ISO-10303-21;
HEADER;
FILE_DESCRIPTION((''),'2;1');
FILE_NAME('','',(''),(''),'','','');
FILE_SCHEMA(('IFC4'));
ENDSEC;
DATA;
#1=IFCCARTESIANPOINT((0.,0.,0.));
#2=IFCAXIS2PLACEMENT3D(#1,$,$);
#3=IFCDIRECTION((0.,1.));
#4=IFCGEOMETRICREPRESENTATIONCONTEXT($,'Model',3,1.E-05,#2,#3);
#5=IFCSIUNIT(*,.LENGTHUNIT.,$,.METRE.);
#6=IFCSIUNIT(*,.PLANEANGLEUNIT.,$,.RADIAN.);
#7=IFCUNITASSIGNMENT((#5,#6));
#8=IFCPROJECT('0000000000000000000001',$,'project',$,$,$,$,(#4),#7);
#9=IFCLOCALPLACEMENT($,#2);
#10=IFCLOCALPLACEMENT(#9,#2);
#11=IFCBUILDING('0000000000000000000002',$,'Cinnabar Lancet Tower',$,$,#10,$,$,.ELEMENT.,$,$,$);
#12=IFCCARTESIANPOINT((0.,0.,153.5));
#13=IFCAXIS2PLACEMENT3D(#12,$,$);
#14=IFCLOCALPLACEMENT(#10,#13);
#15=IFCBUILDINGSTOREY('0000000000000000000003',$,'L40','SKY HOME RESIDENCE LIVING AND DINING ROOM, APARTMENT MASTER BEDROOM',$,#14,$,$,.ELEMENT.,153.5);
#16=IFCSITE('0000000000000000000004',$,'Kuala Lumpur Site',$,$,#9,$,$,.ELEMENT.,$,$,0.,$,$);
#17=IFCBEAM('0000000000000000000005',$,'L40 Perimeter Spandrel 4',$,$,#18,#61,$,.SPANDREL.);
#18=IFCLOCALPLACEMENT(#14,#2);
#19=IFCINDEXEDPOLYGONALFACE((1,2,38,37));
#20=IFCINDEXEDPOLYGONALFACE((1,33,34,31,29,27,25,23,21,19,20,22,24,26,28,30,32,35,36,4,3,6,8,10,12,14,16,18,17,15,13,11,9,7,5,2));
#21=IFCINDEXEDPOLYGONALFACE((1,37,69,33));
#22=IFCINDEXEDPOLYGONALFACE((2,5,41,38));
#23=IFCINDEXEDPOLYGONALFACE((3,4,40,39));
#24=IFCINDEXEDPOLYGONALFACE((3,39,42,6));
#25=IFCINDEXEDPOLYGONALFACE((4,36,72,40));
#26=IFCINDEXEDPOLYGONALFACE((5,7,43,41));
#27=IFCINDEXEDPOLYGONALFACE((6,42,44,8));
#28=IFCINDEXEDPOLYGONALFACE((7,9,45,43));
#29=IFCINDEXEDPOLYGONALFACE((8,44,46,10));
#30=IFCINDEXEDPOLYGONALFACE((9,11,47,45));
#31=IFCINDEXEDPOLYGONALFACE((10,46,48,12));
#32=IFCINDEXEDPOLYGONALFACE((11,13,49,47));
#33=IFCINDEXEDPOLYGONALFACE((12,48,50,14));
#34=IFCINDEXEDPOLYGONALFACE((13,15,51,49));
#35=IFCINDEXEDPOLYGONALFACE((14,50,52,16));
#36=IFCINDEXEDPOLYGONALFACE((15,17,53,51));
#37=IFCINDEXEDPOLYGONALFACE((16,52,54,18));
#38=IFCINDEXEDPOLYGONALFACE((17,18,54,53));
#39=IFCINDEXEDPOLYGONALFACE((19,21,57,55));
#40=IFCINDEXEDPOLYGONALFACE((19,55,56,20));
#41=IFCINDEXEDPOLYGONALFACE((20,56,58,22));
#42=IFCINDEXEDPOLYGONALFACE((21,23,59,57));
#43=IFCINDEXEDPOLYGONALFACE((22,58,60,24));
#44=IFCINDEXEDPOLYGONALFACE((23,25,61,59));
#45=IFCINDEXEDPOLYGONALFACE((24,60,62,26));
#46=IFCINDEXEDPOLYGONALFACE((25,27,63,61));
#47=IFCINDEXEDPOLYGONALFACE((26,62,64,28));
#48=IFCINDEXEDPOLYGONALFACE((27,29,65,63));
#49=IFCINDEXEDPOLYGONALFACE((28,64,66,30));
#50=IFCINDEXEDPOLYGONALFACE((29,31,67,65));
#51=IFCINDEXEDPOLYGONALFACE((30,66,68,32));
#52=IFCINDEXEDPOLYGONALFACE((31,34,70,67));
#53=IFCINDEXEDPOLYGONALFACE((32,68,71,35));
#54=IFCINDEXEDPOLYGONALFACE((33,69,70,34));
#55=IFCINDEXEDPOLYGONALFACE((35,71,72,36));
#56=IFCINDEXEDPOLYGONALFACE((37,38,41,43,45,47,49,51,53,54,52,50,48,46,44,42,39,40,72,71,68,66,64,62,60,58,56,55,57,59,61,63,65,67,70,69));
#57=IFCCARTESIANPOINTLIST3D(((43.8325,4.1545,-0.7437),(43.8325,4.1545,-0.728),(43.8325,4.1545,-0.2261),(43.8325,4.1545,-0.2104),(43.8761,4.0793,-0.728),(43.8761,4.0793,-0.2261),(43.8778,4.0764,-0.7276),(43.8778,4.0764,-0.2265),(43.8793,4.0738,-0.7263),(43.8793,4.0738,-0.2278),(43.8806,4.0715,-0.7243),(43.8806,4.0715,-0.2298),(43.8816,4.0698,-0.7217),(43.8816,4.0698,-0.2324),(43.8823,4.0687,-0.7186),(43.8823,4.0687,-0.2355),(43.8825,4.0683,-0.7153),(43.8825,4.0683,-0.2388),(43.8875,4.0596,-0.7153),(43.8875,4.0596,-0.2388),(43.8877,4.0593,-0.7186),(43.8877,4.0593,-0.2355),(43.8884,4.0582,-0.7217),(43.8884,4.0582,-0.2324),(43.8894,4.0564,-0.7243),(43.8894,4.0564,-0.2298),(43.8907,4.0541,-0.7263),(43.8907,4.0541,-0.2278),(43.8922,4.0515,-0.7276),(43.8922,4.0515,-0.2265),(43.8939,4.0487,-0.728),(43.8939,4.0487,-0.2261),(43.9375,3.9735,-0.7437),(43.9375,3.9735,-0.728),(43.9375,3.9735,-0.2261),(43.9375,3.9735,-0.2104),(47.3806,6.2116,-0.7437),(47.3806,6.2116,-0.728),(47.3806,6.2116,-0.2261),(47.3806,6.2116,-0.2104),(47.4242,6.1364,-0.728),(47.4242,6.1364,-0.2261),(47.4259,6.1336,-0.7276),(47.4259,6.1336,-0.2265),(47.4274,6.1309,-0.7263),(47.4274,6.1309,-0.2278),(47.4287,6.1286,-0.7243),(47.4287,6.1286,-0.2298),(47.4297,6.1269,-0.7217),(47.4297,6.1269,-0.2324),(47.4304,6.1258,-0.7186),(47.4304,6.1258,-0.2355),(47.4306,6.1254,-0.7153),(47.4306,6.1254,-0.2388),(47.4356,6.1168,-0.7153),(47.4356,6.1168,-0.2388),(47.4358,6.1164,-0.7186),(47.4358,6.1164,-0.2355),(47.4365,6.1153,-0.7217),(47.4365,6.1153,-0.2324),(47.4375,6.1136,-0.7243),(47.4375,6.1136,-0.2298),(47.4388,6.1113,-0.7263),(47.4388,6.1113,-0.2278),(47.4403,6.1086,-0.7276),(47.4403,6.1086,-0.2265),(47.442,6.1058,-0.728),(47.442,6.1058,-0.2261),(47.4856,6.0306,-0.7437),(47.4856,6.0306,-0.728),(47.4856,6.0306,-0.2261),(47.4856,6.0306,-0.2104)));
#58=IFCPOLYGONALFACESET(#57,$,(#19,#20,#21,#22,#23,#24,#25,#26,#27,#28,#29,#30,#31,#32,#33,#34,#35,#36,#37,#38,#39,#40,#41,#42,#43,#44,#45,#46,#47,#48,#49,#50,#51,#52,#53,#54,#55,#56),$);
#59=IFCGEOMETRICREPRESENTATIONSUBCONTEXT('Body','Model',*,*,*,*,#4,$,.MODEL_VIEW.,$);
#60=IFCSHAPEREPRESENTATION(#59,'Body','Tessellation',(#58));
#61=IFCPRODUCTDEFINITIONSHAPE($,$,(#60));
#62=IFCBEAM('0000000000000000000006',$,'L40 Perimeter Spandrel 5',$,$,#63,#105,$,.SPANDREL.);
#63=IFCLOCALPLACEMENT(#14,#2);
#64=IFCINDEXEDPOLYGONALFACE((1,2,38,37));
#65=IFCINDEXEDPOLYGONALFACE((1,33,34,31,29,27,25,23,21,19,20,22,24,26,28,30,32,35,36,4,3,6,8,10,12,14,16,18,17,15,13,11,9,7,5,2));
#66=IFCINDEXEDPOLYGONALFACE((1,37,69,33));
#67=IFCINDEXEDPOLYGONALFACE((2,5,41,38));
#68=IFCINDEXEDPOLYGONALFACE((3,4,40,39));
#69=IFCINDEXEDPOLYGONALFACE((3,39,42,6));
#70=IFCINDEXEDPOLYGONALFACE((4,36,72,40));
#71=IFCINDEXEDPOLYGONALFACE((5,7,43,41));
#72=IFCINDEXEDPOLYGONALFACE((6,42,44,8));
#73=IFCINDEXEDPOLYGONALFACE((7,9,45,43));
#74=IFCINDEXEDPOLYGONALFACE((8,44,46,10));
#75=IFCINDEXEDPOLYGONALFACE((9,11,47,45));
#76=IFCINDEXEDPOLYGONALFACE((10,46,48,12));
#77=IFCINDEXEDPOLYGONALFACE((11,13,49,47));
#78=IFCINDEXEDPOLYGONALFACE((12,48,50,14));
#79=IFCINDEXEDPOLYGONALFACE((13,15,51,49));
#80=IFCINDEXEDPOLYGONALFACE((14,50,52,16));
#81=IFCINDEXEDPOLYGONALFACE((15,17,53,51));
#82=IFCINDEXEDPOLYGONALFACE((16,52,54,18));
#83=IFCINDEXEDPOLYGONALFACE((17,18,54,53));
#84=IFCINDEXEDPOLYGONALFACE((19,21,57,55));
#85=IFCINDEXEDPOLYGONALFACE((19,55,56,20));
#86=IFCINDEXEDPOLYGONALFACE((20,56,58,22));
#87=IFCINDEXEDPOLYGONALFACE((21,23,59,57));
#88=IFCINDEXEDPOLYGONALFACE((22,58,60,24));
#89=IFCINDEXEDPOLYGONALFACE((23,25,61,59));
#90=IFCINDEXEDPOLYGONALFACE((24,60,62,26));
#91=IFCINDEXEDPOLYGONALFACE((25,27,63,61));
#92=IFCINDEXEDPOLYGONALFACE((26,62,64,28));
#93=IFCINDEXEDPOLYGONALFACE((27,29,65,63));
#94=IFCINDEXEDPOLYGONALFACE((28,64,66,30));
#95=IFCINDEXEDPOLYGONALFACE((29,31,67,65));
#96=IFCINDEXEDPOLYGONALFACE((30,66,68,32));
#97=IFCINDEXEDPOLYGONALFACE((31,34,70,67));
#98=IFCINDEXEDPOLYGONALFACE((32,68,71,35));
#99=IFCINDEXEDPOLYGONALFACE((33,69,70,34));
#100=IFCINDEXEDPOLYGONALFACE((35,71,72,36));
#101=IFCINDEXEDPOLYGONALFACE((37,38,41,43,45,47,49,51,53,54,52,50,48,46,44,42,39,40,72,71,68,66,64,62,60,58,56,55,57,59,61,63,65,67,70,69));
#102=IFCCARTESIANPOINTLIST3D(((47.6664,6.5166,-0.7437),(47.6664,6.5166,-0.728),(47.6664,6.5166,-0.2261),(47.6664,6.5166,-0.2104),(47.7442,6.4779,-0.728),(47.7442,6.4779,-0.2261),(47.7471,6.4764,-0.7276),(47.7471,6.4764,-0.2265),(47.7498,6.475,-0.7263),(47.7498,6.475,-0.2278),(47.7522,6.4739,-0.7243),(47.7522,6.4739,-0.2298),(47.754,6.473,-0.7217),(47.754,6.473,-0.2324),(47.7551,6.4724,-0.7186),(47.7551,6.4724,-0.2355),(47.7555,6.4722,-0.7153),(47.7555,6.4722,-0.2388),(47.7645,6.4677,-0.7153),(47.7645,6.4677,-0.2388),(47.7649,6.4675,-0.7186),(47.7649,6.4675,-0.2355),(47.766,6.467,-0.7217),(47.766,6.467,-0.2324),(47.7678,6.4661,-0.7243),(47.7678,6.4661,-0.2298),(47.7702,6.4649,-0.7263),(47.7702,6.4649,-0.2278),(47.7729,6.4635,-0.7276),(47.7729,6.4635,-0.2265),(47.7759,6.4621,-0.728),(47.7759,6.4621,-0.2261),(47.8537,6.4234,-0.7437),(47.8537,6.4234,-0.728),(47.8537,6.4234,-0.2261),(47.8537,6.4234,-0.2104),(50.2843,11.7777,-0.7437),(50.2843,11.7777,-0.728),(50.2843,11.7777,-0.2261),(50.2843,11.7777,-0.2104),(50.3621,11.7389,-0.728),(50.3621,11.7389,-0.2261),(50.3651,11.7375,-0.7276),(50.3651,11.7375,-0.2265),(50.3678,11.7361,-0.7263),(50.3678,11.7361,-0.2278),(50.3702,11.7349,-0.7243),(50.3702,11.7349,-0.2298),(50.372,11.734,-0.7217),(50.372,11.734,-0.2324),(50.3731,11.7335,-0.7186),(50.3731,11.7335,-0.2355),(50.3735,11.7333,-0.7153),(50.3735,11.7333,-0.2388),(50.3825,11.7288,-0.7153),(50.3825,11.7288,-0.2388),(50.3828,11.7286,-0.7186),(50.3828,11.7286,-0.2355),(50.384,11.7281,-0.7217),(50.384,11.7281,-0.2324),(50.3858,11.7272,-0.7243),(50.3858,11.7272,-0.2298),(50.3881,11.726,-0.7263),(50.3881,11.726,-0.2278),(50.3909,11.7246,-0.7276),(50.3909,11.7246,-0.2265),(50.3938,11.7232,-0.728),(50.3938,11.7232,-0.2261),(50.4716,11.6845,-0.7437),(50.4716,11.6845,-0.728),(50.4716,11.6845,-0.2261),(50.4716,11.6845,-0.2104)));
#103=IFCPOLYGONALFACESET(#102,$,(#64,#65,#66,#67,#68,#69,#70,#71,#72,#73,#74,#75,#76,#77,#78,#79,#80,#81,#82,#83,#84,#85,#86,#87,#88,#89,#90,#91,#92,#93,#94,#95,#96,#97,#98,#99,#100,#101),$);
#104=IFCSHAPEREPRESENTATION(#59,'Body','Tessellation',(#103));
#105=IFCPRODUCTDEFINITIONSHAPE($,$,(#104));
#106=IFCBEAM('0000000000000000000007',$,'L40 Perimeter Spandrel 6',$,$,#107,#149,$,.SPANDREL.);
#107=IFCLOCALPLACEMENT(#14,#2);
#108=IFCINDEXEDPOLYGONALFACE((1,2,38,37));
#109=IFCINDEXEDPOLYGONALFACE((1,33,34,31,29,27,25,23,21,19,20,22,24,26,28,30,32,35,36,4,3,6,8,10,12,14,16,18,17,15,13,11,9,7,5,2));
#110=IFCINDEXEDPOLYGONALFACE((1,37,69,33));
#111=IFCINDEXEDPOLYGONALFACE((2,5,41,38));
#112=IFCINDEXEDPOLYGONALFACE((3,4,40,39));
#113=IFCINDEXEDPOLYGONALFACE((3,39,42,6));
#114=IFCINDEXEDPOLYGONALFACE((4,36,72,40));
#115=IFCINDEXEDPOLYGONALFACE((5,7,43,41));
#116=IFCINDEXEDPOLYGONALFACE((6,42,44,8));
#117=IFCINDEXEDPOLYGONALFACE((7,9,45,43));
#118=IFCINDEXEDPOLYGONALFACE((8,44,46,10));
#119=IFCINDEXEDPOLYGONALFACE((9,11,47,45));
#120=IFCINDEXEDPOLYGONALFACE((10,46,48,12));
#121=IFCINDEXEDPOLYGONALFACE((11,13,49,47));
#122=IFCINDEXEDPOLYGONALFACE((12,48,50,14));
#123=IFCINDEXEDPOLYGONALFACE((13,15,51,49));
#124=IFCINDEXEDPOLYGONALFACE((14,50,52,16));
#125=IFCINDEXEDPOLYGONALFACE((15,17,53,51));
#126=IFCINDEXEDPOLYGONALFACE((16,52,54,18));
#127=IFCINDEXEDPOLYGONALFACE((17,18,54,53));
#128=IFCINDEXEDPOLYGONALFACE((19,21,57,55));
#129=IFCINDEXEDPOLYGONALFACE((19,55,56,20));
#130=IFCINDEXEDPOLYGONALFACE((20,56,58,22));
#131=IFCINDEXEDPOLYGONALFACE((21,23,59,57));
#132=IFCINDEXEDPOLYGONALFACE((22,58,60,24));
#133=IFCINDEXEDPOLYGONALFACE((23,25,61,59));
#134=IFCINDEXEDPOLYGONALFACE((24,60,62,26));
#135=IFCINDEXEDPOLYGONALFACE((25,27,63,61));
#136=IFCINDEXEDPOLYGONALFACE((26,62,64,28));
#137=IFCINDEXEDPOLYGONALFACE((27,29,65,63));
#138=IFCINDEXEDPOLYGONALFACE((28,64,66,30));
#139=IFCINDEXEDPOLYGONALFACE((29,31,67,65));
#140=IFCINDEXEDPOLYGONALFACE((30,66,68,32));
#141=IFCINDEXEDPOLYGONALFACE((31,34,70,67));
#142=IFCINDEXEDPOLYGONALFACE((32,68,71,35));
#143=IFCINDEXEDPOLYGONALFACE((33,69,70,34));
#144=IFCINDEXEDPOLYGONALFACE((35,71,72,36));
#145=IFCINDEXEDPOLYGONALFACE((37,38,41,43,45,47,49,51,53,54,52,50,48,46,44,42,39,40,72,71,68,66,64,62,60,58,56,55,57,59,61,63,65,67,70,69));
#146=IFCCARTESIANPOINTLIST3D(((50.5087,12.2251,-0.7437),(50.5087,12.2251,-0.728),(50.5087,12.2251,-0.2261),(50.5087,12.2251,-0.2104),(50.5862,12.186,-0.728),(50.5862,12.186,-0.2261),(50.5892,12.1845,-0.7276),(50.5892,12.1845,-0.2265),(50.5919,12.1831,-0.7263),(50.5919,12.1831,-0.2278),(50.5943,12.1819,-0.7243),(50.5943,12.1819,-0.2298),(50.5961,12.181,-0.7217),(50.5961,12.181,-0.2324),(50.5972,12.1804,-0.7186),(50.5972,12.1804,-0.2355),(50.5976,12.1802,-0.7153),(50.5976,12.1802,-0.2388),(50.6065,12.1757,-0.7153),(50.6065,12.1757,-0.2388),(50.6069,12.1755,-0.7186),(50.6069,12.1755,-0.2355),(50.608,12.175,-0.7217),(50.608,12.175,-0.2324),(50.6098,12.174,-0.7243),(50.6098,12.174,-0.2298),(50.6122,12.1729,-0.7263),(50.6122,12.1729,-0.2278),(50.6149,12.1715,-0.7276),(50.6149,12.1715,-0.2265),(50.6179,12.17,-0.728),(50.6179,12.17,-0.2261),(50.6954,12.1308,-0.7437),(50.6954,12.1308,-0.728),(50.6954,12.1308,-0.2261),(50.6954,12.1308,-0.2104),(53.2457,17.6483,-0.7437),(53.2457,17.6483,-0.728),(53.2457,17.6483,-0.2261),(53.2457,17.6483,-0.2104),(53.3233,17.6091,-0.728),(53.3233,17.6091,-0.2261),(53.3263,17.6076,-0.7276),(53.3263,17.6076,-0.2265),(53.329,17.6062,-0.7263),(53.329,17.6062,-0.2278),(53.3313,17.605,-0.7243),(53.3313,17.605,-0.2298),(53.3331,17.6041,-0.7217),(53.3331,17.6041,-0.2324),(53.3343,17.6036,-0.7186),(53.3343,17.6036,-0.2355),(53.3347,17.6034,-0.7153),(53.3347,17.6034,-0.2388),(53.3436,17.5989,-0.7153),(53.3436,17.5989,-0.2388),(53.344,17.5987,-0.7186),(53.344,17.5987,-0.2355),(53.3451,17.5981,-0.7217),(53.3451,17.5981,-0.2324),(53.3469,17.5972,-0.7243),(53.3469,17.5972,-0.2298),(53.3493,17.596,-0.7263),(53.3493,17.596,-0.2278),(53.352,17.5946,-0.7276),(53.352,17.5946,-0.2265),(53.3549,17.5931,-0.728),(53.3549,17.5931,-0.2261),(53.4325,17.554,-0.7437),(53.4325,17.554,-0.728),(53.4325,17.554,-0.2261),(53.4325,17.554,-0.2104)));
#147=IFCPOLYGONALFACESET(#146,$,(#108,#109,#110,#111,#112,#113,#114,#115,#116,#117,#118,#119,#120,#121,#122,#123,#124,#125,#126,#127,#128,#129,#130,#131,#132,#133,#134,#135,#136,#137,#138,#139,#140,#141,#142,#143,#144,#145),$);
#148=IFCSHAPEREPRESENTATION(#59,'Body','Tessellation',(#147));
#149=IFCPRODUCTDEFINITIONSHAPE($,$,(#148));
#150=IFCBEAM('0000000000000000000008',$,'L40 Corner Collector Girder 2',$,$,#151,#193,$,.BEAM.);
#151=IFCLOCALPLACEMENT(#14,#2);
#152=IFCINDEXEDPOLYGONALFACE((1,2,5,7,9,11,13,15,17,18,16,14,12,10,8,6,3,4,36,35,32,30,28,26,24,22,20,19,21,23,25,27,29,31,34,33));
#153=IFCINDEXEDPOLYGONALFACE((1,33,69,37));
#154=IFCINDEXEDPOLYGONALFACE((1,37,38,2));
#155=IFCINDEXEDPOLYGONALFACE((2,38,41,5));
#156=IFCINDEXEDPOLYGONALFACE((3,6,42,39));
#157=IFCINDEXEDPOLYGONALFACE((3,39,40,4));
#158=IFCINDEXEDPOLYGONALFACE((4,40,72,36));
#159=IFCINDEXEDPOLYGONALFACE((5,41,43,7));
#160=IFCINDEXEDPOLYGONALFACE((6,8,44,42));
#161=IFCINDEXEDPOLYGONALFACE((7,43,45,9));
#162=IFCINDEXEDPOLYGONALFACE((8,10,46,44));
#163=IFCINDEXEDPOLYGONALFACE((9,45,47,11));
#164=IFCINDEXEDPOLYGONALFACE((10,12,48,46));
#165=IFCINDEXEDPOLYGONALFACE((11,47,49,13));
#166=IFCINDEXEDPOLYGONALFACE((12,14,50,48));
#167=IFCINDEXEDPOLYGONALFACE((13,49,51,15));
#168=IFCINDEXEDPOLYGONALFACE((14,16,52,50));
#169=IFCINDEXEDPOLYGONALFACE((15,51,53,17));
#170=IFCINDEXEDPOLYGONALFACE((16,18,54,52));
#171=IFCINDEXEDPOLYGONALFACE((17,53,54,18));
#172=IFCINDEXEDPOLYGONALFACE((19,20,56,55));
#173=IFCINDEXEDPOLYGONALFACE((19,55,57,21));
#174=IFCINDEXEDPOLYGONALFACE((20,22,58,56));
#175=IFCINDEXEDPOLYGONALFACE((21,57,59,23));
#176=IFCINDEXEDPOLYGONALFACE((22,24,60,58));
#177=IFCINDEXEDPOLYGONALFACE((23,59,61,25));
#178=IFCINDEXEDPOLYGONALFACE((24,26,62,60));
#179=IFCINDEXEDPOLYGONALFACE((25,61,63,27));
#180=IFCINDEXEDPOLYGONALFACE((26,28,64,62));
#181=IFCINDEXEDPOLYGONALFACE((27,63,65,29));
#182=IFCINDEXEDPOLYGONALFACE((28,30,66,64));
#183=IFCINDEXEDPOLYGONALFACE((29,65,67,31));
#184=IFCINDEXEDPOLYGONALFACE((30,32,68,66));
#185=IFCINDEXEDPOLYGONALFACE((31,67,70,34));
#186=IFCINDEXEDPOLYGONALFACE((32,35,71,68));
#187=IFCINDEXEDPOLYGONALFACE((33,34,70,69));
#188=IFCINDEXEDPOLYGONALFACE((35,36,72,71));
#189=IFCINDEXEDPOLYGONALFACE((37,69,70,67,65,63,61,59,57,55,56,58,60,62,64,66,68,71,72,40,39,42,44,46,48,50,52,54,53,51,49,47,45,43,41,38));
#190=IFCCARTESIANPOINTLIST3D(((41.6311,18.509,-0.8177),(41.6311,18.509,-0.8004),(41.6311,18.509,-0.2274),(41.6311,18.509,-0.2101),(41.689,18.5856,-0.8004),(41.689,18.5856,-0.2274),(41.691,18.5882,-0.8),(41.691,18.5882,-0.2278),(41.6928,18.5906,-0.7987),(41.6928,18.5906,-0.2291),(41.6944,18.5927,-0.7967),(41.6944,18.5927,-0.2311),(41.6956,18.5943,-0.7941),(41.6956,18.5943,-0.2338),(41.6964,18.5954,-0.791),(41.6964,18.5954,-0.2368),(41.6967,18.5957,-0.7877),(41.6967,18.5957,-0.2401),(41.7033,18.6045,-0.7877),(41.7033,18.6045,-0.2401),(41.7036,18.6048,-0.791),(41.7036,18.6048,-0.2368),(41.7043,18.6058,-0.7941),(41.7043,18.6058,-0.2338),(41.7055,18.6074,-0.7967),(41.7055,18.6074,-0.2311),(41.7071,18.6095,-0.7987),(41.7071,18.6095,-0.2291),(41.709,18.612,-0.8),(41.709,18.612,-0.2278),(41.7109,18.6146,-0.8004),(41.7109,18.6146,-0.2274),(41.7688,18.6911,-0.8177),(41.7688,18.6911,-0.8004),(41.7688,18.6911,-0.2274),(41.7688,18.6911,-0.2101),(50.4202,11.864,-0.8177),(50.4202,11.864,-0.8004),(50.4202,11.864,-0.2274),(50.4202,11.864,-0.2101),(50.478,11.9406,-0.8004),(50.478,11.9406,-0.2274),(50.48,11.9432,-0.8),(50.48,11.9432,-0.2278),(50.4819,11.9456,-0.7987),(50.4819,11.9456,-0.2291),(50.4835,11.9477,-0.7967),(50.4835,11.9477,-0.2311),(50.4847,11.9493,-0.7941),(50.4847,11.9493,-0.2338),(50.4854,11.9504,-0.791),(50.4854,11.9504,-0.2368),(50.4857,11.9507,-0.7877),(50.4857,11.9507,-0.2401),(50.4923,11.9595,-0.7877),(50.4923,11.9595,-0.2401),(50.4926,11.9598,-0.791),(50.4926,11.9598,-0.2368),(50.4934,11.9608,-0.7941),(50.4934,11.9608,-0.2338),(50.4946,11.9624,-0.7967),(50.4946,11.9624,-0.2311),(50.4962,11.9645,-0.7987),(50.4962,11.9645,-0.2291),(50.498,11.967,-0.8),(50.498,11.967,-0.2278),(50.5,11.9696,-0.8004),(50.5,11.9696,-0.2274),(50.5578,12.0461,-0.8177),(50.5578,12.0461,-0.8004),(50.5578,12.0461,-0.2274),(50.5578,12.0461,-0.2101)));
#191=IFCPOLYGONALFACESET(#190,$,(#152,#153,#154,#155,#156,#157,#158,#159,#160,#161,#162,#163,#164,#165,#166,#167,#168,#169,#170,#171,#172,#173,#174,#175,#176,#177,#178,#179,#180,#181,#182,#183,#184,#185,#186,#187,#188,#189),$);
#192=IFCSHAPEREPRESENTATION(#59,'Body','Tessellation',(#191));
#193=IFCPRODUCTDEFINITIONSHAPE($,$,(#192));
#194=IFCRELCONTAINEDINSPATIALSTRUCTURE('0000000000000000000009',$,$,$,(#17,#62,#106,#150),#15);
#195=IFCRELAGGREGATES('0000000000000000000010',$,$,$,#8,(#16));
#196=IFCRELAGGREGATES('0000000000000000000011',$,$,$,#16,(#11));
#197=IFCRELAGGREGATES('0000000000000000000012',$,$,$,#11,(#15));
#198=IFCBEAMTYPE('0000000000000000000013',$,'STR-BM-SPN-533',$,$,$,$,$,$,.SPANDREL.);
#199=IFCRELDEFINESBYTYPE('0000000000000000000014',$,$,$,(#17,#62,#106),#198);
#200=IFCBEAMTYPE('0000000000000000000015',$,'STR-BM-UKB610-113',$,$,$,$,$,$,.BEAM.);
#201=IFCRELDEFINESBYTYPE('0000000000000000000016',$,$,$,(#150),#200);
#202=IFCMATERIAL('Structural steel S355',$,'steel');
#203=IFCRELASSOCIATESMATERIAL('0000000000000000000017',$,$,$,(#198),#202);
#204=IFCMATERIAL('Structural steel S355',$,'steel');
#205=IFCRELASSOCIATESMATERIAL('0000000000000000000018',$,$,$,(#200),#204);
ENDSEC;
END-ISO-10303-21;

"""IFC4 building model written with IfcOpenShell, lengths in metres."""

from ifc_helpers import new_model, si_unit, direction, frame, origin, origin_2d, place, context, subcontext, project, spatial, i_section, extrude, material, material_profile, profile_set, type_object, element, save


model = new_model("IFC4")

# Units and contexts
model_context = context("Model", 3, precision=1e-05, world=origin(), true_north=direction((0.0, 1.0)))
body_context = subcontext(model_context, "Body", "Model", "MODEL_VIEW")
ifc_project = project(units=[si_unit("LENGTHUNIT", "METRE"), si_unit("PLANEANGLEUNIT", "RADIAN")], contexts=[model_context])

# Site, building, storey
site_placement = place(None, origin())
site = spatial("IfcSite", under=ifc_project, at=site_placement, Name="Kuala Lumpur Site", CompositionType="ELEMENT", RefElevation=0.0)
building_placement = place(site_placement, origin())
building = spatial("IfcBuilding", under=site, at=building_placement, Name="Cinnabar Lancet Tower", CompositionType="ELEMENT")
storey_placement = place(building_placement, frame((0.0, 0.0, 153.5)))
storey = spatial("IfcBuildingStorey", under=building, at=storey_placement, Name="L40", Description="SKY HOME RESIDENCE LIVING AND DINING ROOM, APARTMENT MASTER BEDROOM", CompositionType="ELEMENT", Elevation=153.5)

# Beams
ifc_material_1 = material(Name="Structural steel S355", Category="steel")
ifc_material_profile_1 = material_profile(ifc_material_1, i_section(OverallWidth=0.2092, OverallDepth=0.5332, WebThickness=0.01, FlangeThickness=0.0156, FilletRadius=0.0127, at=origin_2d()), Name="UKB 533x210x92")
ifc_profile_set_1 = profile_set([ifc_material_profile_1], Name="Structural steel S355")
beam_type_1 = type_object("IfcBeamType", Name="STR-BM-SPN-533", PredefinedType="SPANDREL", material=ifc_profile_set_1)
beam_1_placement = place(storey_placement, frame((43.885, 4.064, -0.4771), z_axis=(0.865112, 0.501578, 0.0), x_axis=(-0.501578, 0.865112, 0.0)))
element("IfcBeam", 1, at=beam_1_placement, inside=storey, type_object=beam_type_1, Name="L40 Perimeter Spandrel 4", PredefinedType="SPANDREL", context=body_context, shape_type="SweptSolid", body=[
    extrude(i_section(OverallWidth=0.2092, OverallDepth=0.5332, WebThickness=0.01, FlangeThickness=0.0156, FilletRadius=0.0127, at=origin_2d()), origin(), (0.0, 0.0, 1.0), 4.1013),
])
beam_2_placement = place(storey_placement, frame((47.76, 6.47, -0.4771), z_axis=(0.445501, 0.895281, 0.0), x_axis=(-0.895281, 0.445501, 0.0)))
element("IfcBeam", 2, at=beam_2_placement, inside=storey, type_object=beam_type_1, Name="L40 Perimeter Spandrel 5", PredefinedType="SPANDREL", context=body_context, shape_type="SweptSolid", body=[
    extrude(i_section(OverallWidth=0.2092, OverallDepth=0.5332, WebThickness=0.01, FlangeThickness=0.0156, FilletRadius=0.0127, at=origin_2d()), origin(), (0.0, 0.0, 1.0), 5.8765),
])
beam_3_placement = place(storey_placement, frame((50.6021, 12.178, -0.4771), z_axis=(0.45057, 0.892741, 0.0), x_axis=(-0.892741, 0.45057, 0.0)))
element("IfcBeam", 3, at=beam_3_placement, inside=storey, type_object=beam_type_1, Name="L40 Perimeter Spandrel 6", PredefinedType="SPANDREL", context=body_context, shape_type="SweptSolid", body=[
    extrude(i_section(OverallWidth=0.2092, OverallDepth=0.5332, WebThickness=0.01, FlangeThickness=0.0156, FilletRadius=0.0127, at=origin_2d()), origin(), (0.0, 0.0, 1.0), 6.0747),
])
ifc_material_2 = material(Name="Structural steel S355", Category="steel")
ifc_material_profile_2 = material_profile(ifc_material_2, i_section(OverallWidth=0.2283, OverallDepth=0.6077, WebThickness=0.011, FlangeThickness=0.0173, FilletRadius=0.0127, at=origin_2d()), Name="UKB 610x229x113")
ifc_profile_set_2 = profile_set([ifc_material_profile_2], Name="Structural steel S355")
beam_type_2 = type_object("IfcBeamType", Name="STR-BM-UKB610-113", PredefinedType="BEAM", material=ifc_profile_set_2)
beam_4_placement = place(storey_placement, frame((50.489, 11.9551, -0.5139), z_axis=(-0.797675, 0.603087, 0.0), x_axis=(-0.603087, -0.797675, 0.0)))
element("IfcBeam", 4, at=beam_4_placement, inside=storey, type_object=beam_type_2, Name="L40 Corner Collector Girder 2", PredefinedType="BEAM", context=body_context, shape_type="SweptSolid", body=[
    extrude(i_section(OverallWidth=0.2283, OverallDepth=0.6077, WebThickness=0.011, FlangeThickness=0.0173, FilletRadius=0.0127, at=origin_2d()), origin(), (0.0, 0.0, 1.0), 11.0183),
])

save(model, "model.ifc")
